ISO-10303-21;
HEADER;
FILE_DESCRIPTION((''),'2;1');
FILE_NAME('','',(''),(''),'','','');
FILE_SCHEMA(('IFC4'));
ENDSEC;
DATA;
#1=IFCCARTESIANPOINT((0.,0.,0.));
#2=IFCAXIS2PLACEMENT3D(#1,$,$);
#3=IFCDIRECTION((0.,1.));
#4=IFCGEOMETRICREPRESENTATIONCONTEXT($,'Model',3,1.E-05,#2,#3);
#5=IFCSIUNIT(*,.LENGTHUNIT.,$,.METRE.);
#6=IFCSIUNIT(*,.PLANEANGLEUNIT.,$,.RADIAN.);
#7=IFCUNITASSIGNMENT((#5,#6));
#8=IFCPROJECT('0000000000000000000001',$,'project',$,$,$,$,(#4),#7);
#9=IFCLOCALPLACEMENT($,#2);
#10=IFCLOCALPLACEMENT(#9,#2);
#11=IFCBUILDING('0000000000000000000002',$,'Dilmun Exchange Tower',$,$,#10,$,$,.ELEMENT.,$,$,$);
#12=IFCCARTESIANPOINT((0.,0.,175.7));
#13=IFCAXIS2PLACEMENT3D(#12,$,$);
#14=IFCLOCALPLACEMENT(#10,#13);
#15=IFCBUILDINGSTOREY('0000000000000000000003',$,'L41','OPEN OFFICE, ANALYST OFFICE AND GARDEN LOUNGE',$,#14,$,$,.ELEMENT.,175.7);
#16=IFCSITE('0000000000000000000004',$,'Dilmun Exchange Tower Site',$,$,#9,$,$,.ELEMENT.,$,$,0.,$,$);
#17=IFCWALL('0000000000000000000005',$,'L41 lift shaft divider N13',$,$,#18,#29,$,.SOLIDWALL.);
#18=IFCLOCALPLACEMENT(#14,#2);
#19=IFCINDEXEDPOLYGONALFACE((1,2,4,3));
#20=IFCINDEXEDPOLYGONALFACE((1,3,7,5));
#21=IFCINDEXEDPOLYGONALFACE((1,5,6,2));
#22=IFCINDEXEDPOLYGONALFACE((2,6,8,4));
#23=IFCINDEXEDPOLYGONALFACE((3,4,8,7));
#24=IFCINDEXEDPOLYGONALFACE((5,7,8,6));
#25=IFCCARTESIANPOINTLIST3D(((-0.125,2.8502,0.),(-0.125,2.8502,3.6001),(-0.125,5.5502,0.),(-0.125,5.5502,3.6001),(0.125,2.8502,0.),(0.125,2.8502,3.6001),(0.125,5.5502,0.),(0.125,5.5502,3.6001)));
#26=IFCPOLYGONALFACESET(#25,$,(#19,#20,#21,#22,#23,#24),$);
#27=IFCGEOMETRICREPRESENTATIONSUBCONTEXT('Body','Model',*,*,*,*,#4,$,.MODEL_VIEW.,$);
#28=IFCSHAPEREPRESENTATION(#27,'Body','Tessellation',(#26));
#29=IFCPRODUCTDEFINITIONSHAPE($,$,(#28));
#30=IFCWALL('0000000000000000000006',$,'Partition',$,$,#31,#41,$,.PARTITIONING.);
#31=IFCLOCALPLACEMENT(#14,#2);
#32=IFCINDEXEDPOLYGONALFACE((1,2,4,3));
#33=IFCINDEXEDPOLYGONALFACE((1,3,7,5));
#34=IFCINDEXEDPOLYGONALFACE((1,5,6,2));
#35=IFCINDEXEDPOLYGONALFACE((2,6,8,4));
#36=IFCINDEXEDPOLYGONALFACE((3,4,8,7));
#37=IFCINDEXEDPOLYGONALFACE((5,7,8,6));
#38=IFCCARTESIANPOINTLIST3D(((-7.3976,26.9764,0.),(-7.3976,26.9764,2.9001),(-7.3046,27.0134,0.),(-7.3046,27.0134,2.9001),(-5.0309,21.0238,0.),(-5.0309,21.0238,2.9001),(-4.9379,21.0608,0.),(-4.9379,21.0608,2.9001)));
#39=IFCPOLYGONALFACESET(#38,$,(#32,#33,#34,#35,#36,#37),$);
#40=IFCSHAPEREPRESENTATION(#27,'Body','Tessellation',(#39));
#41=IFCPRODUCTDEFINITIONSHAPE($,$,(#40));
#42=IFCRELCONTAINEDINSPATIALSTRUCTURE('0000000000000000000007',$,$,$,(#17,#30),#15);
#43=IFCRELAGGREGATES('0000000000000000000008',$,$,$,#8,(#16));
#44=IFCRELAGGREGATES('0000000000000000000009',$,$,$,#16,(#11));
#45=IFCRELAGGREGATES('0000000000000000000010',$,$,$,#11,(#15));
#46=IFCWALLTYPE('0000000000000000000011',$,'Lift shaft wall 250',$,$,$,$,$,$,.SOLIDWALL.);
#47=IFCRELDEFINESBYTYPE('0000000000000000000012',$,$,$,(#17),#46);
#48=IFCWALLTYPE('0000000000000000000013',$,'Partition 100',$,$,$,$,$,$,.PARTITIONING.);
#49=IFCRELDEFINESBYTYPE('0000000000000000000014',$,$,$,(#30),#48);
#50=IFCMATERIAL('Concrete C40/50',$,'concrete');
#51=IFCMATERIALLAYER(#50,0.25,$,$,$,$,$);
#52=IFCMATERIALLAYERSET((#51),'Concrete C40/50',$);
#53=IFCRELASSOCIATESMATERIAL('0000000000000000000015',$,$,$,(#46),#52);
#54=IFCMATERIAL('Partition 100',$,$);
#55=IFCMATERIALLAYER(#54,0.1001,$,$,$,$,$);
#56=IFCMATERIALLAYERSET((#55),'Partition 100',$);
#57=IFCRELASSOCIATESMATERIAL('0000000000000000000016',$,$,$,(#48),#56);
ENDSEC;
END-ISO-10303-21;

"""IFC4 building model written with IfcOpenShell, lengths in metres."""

from ifc_helpers import new_model, si_unit, direction, frame, frame_2d, origin, place, context, subcontext, project, spatial, rectangle, extrude, material, layer, layer_set, type_object, element, save


model = new_model("IFC4")

# Units and contexts
model_context = context("Model", 3, precision=1e-05, world=origin(), true_north=direction((0.0, 1.0)))
body_context = subcontext(model_context, "Body", "Model", "MODEL_VIEW")
ifc_project = project(units=[si_unit("LENGTHUNIT", "METRE"), si_unit("PLANEANGLEUNIT", "RADIAN")], contexts=[model_context])

# Site, building, storey
site_placement = place(None, origin())
site = spatial("IfcSite", under=ifc_project, at=site_placement, Name="Dilmun Exchange Tower Site", CompositionType="ELEMENT", RefElevation=0.0)
building_placement = place(site_placement, origin())
building = spatial("IfcBuilding", under=site, at=building_placement, Name="Dilmun Exchange Tower", CompositionType="ELEMENT")
storey_placement = place(building_placement, frame((0.0, 0.0, 175.7)))
storey = spatial("IfcBuildingStorey", under=building, at=storey_placement, Name="L41", Description="OPEN OFFICE, ANALYST OFFICE AND GARDEN LOUNGE", CompositionType="ELEMENT", Elevation=175.7)

# Shared definitions
ifc_material_1 = material(Name="Concrete C40/50", Category="concrete")

# Walls
ifc_layer_1 = layer(ifc_material_1, 0.25)
ifc_layer_set_1 = layer_set([ifc_layer_1], Name="Concrete C40/50")
wall_type_1 = type_object("IfcWallType", Name="Lift shaft wall 250", PredefinedType="SOLIDWALL", material=ifc_layer_set_1)
for number, where, z_axis, x_axis, name in (
    (1, (0.0, 2.8501, 0.0), (0.0, 0.0, 1.0), (0.0, 1.0, 0.0), "L41 lift shaft divider N13"),
):
    element("IfcWall", number, at=place(storey_placement, frame(where, z_axis=z_axis, x_axis=x_axis)), inside=storey, type_object=wall_type_1, Name=name, PredefinedType="SOLIDWALL", context=body_context, shape_type="SweptSolid", body=[
        extrude(rectangle(XDim=2.7, YDim=0.25, at=frame_2d((1.3501, 0.0))), origin(), (0.0, 0.0, 1.0), 3.6001),
    ])
ifc_material_2 = material(Name="Partition 100")
ifc_layer_2 = layer(ifc_material_2, 0.1001)
ifc_layer_set_2 = layer_set([ifc_layer_2], Name="Partition 100")
wall_type_2 = type_object("IfcWallType", Name="Partition 100", PredefinedType="PARTITIONING", material=ifc_layer_set_2)
wall_1_placement = place(storey_placement, frame((-7.3511, 26.9949, 0.0), z_axis=(0.0, 0.0, 1.0), x_axis=(0.369458, -0.929247, 0.0)))
element("IfcWall", 2, at=wall_1_placement, inside=storey, type_object=wall_type_2, Name="Partition", PredefinedType="PARTITIONING", context=body_context, shape_type="SweptSolid", body=[
    extrude(rectangle(XDim=6.4058, YDim=0.1001, at=frame_2d((3.2029, 0.0))), origin(), (0.0, 0.0, 1.0), 2.9001),
])

save(model, "model.ifc")
